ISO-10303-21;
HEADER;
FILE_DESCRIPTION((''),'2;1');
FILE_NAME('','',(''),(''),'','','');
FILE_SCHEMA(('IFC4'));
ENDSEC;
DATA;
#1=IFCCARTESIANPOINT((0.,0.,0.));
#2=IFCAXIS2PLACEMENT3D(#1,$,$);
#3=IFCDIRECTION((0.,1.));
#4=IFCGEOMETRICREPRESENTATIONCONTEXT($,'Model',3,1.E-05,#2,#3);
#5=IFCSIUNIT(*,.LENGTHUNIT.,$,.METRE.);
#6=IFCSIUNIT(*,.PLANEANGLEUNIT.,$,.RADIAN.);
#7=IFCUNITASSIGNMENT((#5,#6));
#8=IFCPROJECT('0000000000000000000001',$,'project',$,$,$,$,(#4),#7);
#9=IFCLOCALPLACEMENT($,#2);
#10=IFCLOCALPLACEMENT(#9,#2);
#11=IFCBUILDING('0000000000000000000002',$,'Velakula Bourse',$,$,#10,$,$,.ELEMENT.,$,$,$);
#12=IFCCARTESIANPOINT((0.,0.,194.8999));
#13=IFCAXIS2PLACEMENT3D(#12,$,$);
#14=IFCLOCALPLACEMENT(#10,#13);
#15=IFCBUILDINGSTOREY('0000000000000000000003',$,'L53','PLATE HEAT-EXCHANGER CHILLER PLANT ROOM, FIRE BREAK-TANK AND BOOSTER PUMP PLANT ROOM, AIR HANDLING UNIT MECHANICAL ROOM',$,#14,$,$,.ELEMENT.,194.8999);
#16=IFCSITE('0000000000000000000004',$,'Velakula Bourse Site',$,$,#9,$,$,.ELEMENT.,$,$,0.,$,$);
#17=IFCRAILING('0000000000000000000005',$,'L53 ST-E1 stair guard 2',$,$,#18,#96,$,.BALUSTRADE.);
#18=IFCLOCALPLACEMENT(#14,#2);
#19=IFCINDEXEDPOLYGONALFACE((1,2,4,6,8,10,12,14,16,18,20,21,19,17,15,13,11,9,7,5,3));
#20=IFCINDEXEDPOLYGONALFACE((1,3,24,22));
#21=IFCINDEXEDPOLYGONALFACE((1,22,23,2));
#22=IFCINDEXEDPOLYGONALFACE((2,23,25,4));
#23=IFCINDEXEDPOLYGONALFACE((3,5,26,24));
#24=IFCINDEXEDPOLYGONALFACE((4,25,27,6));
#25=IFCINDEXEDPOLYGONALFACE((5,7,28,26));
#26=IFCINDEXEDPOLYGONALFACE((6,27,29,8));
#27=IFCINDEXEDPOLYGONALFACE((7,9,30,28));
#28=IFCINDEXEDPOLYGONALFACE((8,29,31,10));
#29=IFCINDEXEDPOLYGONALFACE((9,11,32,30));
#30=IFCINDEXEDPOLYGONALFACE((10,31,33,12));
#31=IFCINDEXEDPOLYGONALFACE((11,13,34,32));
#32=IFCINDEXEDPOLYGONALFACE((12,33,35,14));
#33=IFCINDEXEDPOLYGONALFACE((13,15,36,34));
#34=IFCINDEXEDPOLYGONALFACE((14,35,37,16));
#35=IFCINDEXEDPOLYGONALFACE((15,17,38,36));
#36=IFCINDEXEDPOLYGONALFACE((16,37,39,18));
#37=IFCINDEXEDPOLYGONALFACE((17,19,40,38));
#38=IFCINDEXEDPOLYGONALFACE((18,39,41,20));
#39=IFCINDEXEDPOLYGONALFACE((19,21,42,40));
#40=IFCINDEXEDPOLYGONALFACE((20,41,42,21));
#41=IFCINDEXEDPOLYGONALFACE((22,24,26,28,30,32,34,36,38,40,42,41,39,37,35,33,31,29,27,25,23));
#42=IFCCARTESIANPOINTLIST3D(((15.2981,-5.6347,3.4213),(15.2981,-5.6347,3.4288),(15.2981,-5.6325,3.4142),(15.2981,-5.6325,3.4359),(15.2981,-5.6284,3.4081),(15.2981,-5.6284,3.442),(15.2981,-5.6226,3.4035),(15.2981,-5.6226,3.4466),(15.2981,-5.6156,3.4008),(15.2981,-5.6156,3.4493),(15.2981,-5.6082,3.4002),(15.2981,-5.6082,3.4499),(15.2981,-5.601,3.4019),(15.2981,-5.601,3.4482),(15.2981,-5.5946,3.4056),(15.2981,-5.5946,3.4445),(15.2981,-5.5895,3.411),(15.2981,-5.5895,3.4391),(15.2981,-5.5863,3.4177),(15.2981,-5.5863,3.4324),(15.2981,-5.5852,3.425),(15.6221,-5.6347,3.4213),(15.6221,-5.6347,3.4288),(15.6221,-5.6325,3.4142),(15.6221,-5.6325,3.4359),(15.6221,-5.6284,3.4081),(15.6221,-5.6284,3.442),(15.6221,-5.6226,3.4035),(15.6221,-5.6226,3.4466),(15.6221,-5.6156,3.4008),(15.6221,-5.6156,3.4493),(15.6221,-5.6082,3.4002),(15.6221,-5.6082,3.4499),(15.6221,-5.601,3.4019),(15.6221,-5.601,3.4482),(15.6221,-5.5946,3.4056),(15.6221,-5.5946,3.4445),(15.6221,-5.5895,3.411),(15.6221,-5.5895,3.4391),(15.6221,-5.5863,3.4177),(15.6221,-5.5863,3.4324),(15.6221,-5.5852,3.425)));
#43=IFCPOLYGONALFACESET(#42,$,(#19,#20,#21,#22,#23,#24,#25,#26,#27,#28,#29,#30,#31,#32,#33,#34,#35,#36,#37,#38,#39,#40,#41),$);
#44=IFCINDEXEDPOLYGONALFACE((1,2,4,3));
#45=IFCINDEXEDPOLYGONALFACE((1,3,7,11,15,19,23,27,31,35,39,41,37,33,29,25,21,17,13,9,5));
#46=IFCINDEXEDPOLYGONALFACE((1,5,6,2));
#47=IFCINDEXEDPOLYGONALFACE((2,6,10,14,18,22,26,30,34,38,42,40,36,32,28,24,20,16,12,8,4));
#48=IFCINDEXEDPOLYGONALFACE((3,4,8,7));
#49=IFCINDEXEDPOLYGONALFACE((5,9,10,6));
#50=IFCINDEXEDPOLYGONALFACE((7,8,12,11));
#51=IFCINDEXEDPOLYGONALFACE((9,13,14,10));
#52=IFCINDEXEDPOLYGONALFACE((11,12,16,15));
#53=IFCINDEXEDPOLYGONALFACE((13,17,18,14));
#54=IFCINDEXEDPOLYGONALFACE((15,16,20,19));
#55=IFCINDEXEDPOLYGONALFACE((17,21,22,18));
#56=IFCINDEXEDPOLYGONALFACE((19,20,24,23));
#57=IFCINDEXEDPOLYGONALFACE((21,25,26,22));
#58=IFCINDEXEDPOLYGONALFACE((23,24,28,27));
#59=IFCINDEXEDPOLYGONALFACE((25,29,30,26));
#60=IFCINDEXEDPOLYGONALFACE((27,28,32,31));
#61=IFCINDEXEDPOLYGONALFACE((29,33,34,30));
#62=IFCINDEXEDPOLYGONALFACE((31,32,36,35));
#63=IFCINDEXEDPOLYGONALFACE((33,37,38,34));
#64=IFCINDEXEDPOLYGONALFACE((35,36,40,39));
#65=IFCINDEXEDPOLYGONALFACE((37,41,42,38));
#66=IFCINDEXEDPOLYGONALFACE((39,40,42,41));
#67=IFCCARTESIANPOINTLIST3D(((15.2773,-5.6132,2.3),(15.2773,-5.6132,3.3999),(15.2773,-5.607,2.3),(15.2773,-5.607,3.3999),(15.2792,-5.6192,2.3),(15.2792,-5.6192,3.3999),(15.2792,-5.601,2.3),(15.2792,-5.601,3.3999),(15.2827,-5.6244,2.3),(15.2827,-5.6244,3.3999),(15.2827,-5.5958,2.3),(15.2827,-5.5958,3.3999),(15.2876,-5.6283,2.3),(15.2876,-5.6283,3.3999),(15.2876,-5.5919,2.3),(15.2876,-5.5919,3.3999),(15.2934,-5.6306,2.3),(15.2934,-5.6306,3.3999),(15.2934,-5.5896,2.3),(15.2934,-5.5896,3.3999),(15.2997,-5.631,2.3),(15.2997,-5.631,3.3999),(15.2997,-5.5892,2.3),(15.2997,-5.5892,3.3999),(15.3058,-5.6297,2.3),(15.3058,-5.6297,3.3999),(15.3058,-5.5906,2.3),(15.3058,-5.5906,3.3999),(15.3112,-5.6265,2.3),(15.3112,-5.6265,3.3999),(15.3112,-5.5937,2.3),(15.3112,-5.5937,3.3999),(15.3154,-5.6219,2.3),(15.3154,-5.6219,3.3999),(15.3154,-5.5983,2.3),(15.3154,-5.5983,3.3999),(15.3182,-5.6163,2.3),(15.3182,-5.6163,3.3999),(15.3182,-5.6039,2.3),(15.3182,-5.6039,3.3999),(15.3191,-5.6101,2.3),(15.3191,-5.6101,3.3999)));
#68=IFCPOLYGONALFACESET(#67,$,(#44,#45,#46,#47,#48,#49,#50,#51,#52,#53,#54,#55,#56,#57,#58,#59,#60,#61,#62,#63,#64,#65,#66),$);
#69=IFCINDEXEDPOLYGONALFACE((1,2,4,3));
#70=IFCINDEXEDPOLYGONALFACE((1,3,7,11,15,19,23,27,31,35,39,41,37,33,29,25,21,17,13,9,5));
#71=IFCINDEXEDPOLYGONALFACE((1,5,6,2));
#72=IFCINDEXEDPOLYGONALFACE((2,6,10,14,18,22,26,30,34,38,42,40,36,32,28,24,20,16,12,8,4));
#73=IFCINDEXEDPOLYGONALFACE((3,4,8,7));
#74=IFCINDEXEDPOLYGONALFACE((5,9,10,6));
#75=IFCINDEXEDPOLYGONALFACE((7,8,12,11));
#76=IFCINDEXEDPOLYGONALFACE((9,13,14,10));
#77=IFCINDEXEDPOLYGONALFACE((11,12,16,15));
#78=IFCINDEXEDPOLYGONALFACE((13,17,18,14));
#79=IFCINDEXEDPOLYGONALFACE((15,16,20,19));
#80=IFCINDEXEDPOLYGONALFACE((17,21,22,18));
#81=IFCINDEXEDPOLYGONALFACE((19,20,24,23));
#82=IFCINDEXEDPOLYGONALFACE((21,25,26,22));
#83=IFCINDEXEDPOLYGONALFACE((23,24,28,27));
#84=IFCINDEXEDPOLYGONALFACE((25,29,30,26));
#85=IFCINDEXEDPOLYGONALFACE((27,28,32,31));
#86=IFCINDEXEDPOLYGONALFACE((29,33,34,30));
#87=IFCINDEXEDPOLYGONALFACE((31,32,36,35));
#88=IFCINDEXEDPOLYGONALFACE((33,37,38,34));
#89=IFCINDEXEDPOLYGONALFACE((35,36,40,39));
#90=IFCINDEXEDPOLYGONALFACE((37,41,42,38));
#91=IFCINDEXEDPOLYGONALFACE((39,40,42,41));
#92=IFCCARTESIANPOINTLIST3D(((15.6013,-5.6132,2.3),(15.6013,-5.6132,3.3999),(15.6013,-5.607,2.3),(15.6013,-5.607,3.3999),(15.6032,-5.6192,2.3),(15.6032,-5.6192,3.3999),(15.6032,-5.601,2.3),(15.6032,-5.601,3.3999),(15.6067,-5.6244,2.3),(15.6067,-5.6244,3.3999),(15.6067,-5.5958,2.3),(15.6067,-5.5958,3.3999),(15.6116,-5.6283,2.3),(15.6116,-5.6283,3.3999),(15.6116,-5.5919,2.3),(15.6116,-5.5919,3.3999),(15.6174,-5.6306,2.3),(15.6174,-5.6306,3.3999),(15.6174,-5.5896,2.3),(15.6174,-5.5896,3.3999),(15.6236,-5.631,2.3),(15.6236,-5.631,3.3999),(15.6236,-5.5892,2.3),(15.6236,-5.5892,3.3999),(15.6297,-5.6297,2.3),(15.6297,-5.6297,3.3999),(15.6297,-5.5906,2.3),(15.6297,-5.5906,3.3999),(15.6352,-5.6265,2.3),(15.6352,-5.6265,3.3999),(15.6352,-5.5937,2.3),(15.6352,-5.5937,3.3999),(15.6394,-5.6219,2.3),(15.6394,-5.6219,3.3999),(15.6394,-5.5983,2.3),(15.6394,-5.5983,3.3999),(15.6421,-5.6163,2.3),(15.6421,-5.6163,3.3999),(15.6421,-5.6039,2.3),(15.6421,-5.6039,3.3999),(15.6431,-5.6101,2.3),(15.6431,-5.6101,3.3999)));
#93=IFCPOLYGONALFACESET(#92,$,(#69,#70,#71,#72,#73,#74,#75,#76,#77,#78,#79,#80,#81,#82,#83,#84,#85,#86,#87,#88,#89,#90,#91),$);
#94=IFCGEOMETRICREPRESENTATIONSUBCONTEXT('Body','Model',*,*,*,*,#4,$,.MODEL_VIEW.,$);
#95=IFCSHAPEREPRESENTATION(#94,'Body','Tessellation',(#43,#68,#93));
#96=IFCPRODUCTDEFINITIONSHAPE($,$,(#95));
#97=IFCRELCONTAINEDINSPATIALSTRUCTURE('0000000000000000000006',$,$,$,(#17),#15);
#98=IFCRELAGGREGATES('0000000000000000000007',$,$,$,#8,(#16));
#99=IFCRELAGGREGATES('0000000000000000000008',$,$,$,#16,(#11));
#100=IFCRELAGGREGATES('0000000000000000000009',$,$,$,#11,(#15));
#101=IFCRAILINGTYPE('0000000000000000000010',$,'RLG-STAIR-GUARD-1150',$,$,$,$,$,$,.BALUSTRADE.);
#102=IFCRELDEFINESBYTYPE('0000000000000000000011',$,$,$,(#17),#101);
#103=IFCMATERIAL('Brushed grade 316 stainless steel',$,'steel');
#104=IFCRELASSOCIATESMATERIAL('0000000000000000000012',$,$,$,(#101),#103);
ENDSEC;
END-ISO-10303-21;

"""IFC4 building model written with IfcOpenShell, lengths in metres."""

from ifc_helpers import new_model, si_unit, direction, frame, origin, origin_2d, place, context, subcontext, project, spatial, circle, extrude, material, type_object, element, save


model = new_model("IFC4")

# Units and contexts
model_context = context("Model", 3, precision=1e-05, world=origin(), true_north=direction((0.0, 1.0)))
body_context = subcontext(model_context, "Body", "Model", "MODEL_VIEW")
ifc_project = project(units=[si_unit("LENGTHUNIT", "METRE"), si_unit("PLANEANGLEUNIT", "RADIAN")], contexts=[model_context])

# Site, building, storey
site_placement = place(None, origin())
site = spatial("IfcSite", under=ifc_project, at=site_placement, Name="Velakula Bourse Site", CompositionType="ELEMENT", RefElevation=0.0)
building_placement = place(site_placement, origin())
building = spatial("IfcBuilding", under=site, at=building_placement, Name="Velakula Bourse", CompositionType="ELEMENT")
storey_placement = place(building_placement, frame((0.0, 0.0, 194.8999)))
storey = spatial("IfcBuildingStorey", under=building, at=storey_placement, Name="L53", Description="PLATE HEAT-EXCHANGER CHILLER PLANT ROOM, FIRE BREAK-TANK AND BOOSTER PUMP PLANT ROOM, AIR HANDLING UNIT MECHANICAL ROOM", CompositionType="ELEMENT", Elevation=194.8999)

# Railing
ifc_material_1 = material(Name="Brushed grade 316 stainless steel", Category="steel")
railing_type_1 = type_object("IfcRailingType", Name="RLG-STAIR-GUARD-1150", PredefinedType="BALUSTRADE", material=ifc_material_1)
railing_1_placement = place(storey_placement, frame((15.2981, -5.6101, 2.3)))
element("IfcRailing", 1, at=railing_1_placement, inside=storey, type_object=railing_type_1, Name="L53 ST-E1 stair guard 2", PredefinedType="BALUSTRADE", context=body_context, shape_type="SweptSolid", body=[
    extrude(circle(Radius=0.0249, at=origin_2d()), frame((0.0, 0.0, 1.125), z_axis=(1.0, 0.0, 0.0), x_axis=(0.0, 1.0, 0.0)), (0.0, 0.0, 1.0), 0.324),
    extrude(circle(Radius=0.021, at=origin_2d()), origin(), (0.0, 0.0, 1.0), 1.0999),
    extrude(circle(Radius=0.021, at=origin_2d()), frame((0.324, 0.0, 0.0)), (0.0, 0.0, 1.0), 1.0999),
])

save(model, "model.ifc")
